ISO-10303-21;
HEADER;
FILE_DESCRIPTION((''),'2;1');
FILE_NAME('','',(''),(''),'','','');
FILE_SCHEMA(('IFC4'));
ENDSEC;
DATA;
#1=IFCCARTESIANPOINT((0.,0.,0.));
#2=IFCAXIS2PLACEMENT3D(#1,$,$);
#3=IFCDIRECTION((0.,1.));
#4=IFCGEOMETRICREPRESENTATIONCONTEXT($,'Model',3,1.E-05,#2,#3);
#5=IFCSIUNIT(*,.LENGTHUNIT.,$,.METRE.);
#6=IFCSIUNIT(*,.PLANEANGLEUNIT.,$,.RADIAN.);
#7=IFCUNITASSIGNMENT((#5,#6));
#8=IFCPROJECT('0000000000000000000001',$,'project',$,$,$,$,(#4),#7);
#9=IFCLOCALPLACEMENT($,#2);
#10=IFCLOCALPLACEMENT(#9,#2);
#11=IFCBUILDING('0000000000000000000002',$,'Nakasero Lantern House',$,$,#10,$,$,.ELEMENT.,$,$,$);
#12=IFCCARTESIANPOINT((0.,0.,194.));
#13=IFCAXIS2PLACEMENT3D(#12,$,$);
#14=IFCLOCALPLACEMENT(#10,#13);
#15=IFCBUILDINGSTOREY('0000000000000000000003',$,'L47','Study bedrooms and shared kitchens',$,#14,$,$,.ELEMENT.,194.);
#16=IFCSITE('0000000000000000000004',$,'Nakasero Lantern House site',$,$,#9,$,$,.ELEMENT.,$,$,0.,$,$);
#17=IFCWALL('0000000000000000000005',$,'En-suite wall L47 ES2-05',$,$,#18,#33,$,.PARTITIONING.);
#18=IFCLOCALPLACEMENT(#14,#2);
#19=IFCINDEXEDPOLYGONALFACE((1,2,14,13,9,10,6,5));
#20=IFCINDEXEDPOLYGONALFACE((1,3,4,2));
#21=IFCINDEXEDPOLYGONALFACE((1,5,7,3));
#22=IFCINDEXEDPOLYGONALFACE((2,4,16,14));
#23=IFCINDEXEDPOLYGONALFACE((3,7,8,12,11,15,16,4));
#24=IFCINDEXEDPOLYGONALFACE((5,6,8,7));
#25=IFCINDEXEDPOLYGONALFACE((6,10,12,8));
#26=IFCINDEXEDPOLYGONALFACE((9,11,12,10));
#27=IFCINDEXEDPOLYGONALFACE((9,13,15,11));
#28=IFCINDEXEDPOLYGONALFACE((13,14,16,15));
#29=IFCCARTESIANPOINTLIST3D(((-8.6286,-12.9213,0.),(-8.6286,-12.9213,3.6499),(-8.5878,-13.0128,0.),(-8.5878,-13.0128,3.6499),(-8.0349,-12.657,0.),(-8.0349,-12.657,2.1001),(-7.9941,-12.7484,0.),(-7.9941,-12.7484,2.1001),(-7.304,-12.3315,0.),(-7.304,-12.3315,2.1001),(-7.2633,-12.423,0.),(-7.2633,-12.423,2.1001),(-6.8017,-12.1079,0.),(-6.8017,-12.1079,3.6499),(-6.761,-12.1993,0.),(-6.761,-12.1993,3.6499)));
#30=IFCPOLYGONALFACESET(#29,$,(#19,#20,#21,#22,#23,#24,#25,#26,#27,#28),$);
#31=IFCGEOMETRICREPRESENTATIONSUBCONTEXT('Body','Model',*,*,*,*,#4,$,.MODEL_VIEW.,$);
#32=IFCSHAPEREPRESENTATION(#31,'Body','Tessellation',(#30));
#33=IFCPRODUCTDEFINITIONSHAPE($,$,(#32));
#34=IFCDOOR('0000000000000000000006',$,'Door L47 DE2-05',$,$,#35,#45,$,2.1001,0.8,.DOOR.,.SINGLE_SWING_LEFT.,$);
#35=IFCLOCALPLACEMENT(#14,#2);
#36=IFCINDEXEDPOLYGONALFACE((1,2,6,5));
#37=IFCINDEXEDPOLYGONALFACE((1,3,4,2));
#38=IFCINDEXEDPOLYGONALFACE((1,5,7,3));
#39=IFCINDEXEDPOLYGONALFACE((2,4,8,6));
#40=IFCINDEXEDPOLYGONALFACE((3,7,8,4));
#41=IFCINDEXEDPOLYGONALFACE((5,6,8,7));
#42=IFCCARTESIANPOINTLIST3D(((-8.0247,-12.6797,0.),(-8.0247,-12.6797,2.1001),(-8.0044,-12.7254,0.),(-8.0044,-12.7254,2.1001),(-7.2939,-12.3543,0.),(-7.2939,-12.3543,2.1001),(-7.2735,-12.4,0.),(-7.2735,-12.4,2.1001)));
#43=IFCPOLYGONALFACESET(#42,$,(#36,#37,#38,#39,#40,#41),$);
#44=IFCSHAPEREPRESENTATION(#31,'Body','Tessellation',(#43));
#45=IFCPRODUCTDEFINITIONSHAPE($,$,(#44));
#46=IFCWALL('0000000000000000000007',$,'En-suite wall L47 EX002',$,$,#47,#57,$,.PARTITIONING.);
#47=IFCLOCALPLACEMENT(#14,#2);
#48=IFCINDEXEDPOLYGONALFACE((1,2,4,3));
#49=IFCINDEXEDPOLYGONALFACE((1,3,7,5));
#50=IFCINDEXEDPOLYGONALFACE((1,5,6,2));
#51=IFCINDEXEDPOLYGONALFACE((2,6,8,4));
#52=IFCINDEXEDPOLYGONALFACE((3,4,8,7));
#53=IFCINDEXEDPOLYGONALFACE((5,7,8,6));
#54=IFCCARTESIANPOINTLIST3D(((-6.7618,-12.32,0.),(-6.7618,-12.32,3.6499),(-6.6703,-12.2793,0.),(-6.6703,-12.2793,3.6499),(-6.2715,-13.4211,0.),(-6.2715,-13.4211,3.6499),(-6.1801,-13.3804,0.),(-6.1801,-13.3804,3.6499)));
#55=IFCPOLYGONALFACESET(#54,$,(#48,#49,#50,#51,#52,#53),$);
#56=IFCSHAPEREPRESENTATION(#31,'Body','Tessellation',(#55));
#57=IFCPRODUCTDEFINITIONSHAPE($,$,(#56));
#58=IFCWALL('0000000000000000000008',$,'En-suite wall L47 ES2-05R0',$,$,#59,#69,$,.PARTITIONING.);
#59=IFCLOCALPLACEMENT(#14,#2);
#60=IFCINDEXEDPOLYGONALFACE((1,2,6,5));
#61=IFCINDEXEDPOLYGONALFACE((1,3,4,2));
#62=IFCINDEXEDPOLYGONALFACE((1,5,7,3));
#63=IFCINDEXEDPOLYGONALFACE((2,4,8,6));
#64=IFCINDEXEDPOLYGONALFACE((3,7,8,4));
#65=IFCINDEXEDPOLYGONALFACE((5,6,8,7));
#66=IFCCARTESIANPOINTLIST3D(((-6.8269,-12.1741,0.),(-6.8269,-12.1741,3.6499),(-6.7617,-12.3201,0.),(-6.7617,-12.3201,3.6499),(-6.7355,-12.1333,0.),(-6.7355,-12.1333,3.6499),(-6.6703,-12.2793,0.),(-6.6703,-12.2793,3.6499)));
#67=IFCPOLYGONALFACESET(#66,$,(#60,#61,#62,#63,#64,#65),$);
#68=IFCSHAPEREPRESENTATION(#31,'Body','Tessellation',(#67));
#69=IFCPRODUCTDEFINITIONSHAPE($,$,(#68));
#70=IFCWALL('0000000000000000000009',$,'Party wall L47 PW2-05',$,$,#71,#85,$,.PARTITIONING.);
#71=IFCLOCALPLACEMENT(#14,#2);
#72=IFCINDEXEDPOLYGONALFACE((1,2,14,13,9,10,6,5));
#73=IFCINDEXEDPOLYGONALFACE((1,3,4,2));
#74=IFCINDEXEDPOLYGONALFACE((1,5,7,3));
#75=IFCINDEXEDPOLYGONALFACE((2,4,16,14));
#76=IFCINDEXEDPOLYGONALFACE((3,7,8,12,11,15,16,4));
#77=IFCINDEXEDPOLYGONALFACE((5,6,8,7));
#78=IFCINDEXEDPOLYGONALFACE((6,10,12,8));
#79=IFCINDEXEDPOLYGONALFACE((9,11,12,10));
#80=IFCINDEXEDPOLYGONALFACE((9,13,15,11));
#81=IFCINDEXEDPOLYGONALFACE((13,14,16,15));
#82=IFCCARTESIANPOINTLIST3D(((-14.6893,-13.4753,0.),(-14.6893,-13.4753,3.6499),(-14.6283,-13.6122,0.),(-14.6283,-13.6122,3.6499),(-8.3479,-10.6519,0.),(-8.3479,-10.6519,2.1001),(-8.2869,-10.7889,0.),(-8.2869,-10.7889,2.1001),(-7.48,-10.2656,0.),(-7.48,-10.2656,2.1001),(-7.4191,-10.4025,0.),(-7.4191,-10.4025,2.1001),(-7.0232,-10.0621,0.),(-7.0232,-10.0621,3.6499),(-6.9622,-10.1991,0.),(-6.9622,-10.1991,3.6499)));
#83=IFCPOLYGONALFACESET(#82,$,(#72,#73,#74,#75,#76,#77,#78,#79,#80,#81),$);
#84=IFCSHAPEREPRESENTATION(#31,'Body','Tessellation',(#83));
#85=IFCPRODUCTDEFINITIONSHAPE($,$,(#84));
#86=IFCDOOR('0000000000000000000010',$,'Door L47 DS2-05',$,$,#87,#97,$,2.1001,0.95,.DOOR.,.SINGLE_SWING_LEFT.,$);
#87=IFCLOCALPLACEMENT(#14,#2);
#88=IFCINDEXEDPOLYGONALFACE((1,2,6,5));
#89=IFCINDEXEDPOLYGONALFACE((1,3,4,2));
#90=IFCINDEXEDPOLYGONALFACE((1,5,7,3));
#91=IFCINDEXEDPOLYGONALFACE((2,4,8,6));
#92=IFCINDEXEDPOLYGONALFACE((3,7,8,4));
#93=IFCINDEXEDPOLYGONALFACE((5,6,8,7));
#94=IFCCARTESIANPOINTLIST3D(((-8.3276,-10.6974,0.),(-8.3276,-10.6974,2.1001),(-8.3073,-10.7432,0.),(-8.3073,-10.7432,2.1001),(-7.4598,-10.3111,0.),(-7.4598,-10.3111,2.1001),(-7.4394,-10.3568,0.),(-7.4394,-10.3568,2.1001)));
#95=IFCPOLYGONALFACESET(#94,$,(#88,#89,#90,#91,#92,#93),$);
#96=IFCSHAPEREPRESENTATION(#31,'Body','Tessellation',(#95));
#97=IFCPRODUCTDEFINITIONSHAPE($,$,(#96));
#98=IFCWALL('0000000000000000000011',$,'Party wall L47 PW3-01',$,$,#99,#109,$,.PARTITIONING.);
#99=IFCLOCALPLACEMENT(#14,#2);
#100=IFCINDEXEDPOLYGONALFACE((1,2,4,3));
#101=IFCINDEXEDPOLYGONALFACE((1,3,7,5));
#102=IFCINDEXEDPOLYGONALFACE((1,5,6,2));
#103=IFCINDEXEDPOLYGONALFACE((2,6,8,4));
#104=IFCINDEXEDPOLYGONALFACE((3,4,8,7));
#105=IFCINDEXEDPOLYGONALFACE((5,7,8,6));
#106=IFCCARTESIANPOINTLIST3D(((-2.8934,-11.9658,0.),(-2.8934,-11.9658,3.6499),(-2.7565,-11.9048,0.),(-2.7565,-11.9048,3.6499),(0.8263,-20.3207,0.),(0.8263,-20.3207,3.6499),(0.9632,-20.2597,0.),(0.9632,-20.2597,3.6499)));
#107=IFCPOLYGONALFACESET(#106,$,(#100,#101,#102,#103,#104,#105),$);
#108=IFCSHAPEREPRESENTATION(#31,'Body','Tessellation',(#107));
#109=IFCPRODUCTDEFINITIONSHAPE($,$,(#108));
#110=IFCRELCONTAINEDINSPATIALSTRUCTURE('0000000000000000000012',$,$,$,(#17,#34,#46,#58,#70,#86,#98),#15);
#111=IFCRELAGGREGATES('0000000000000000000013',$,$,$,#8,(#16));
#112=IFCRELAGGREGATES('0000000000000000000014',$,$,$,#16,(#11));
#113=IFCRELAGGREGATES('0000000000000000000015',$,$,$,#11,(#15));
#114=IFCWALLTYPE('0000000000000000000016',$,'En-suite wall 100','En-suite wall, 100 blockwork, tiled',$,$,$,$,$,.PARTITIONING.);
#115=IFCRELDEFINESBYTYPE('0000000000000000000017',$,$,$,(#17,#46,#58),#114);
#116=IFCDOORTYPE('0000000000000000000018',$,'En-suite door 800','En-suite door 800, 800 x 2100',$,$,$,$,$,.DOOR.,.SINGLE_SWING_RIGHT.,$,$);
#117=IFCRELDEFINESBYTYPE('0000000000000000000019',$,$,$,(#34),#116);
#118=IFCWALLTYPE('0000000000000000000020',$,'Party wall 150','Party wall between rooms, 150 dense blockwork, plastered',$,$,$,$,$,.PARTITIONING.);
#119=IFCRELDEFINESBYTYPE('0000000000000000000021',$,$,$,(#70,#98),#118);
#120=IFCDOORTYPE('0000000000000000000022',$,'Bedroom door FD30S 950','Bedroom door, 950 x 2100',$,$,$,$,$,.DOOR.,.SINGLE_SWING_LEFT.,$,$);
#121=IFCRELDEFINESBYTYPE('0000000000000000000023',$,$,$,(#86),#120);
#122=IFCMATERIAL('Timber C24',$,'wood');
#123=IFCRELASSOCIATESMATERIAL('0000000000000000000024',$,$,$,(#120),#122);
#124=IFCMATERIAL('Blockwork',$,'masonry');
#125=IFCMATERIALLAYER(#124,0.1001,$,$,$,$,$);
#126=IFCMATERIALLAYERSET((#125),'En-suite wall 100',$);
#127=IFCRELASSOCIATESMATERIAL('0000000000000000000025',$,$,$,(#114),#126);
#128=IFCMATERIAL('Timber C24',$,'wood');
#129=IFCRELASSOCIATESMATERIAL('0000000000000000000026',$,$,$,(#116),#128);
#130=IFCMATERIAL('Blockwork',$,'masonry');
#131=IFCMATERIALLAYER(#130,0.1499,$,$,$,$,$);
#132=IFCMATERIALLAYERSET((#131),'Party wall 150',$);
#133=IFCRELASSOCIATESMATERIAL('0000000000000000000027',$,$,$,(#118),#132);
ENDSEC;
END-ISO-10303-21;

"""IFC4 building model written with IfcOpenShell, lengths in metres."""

from ifc_helpers import new_model, si_unit, direction, frame, frame_2d, origin, place, context, subcontext, project, spatial, rectangle, extrude, material, layer, layer_set, type_object, element, fill, save


model = new_model("IFC4")

# Units and contexts
model_context = context("Model", 3, precision=1e-05, world=origin(), true_north=direction((0.0, 1.0)))
body_context = subcontext(model_context, "Body", "Model", "MODEL_VIEW")
ifc_project = project(units=[si_unit("LENGTHUNIT", "METRE"), si_unit("PLANEANGLEUNIT", "RADIAN")], contexts=[model_context])

# Site, building, storey
site_placement = place(None, origin())
site = spatial("IfcSite", under=ifc_project, at=site_placement, Name="Nakasero Lantern House site", CompositionType="ELEMENT", RefElevation=0.0)
building_placement = place(site_placement, origin())
building = spatial("IfcBuilding", under=site, at=building_placement, Name="Nakasero Lantern House", CompositionType="ELEMENT")
storey_placement = place(building_placement, frame((0.0, 0.0, 194.0)))
storey = spatial("IfcBuildingStorey", under=building, at=storey_placement, Name="L47", Description="Study bedrooms and shared kitchens", CompositionType="ELEMENT", Elevation=194.0)

# Wall, opening, door
ifc_material_1 = material(Name="Timber C24", Category="wood")
door_type_1 = type_object("IfcDoorType", Name="Bedroom door FD30S 950", Description="Bedroom door, 950 x 2100", OperationType="SINGLE_SWING_LEFT", PredefinedType="DOOR", material=ifc_material_1)
ifc_material_2 = material(Name="Blockwork", Category="masonry")
ifc_layer_1 = layer(ifc_material_2, 0.1001)
ifc_layer_set_1 = layer_set([ifc_layer_1], Name="En-suite wall 100")
wall_type_1 = type_object("IfcWallType", Name="En-suite wall 100", Description="En-suite wall, 100 blockwork, tiled", PredefinedType="PARTITIONING", material=ifc_layer_set_1)
wall_1_placement = place(storey_placement, frame((-6.7812, -12.1536, 0.0), z_axis=(0.0, 0.0, 1.0), x_axis=(-0.913529, -0.406773, 0.0)))
wall_1 = element("IfcWall", 1, at=wall_1_placement, inside=storey, type_object=wall_type_1, Name="En-suite wall L47 ES2-05", PredefinedType="PARTITIONING", context=body_context, shape_type="SweptSolid", body=[
    extrude(rectangle(XDim=1.9998, YDim=0.1001, at=frame_2d((1.0, 0.0))), origin(), (0.0, 0.0, 1.0), 3.6499),
])
opening_1_placement = place(wall_1_placement, frame((0.55, 0.0, 0.0)))
opening_1 = element("IfcOpeningElement", 2, at=opening_1_placement, cuts=wall_1, PredefinedType="OPENING", context=body_context, shape_type="SweptSolid", body=[
    extrude(rectangle(XDim=0.8, YDim=2.1001, at=frame_2d((0.3999, 1.05))), frame((0.0, 0.0701, 0.0), z_axis=(0.0, -1.0, 0.0), x_axis=(1.0, 0.0, 0.0)), (0.0, 0.0, 1.0), 0.1401),
])
ifc_material_3 = material(Name="Timber C24", Category="wood")
door_type_2 = type_object("IfcDoorType", Name="En-suite door 800", Description="En-suite door 800, 800 x 2100", OperationType="SINGLE_SWING_RIGHT", PredefinedType="DOOR", material=ifc_material_3)
door_1_placement = place(opening_1_placement, origin())
door_1 = element("IfcDoor", 3, at=door_1_placement, inside=storey, type_object=door_type_2, Name="Door L47 DE2-05", OperationType="SINGLE_SWING_LEFT", OverallHeight=2.1001, OverallWidth=0.8, PredefinedType="DOOR", context=body_context, shape_type="SweptSolid", body=[
    extrude(rectangle(XDim=0.8, YDim=2.1001, at=frame_2d((0.3999, 1.05))), frame((0.0, 0.0249, 0.0), z_axis=(0.0, -1.0, 0.0), x_axis=(1.0, 0.0, 0.0)), (0.0, 0.0, 1.0), 0.05),
])
fill(opening_1, door_1)

# Walls
wall_2_placement = place(storey_placement, frame((-6.2258, -13.4006, 0.0), z_axis=(0.0, 0.0, 1.0), x_axis=(-0.40674, 0.913544, 0.0)))
element("IfcWall", 4, at=wall_2_placement, inside=storey, type_object=wall_type_1, Name="En-suite wall L47 EX002", PredefinedType="PARTITIONING", context=body_context, shape_type="SweptSolid", body=[
    extrude(rectangle(XDim=1.2053, YDim=0.1001, at=frame_2d((0.6025, 0.0))), origin(), (0.0, 0.0, 1.0), 3.6499),
])
wall_3_placement = place(storey_placement, frame((-6.7812, -12.1536, 0.0), z_axis=(0.0, 0.0, 1.0), x_axis=(0.407696, -0.913118, 0.0)))
element("IfcWall", 5, at=wall_3_placement, inside=storey, type_object=wall_type_1, Name="En-suite wall L47 ES2-05R0", PredefinedType="PARTITIONING", context=body_context, shape_type="SweptSolid", body=[
    extrude(rectangle(XDim=0.1599, YDim=0.1001, at=frame_2d((0.0801, 0.0))), origin(), (0.0, 0.0, 1.0), 3.6499),
])

# Wall, opening, door
ifc_material_4 = material(Name="Blockwork", Category="masonry")
ifc_layer_2 = layer(ifc_material_4, 0.1499)
ifc_layer_set_2 = layer_set([ifc_layer_2], Name="Party wall 150")
wall_type_2 = type_object("IfcWallType", Name="Party wall 150", Description="Party wall between rooms, 150 dense blockwork, plastered", PredefinedType="PARTITIONING", material=ifc_layer_set_2)
wall_4_placement = place(storey_placement, frame((-6.9927, -10.1306, 0.0), z_axis=(0.0, 0.0, 1.0), x_axis=(-0.913547, -0.406732, 0.0)))
wall_4 = element("IfcWall", 6, at=wall_4_placement, inside=storey, type_object=wall_type_2, Name="Party wall L47 PW2-05", PredefinedType="PARTITIONING", context=body_context, shape_type="SweptSolid", body=[
    extrude(rectangle(XDim=8.3916, YDim=0.1499, at=frame_2d((4.1958, 0.0))), origin(), (0.0, 0.0, 1.0), 3.6499),
])
opening_2_placement = place(wall_4_placement, frame((0.5, 0.0, 0.0)))
opening_2 = element("IfcOpeningElement", 7, at=opening_2_placement, cuts=wall_4, PredefinedType="OPENING", context=body_context, shape_type="SweptSolid", body=[
    extrude(rectangle(XDim=0.95, YDim=2.1001, at=frame_2d((0.4751, 1.05))), frame((0.0, 0.095, 0.0), z_axis=(0.0, -1.0, 0.0), x_axis=(1.0, 0.0, 0.0)), (0.0, 0.0, 1.0), 0.1899),
])
door_2_placement = place(opening_2_placement, origin())
door_2 = element("IfcDoor", 8, at=door_2_placement, inside=storey, type_object=door_type_1, Name="Door L47 DS2-05", OperationType="SINGLE_SWING_LEFT", OverallHeight=2.1001, OverallWidth=0.95, PredefinedType="DOOR", context=body_context, shape_type="SweptSolid", body=[
    extrude(rectangle(XDim=0.95, YDim=2.1001, at=frame_2d((0.4751, 1.05))), frame((0.0, 0.0249, 0.0), z_axis=(0.0, -1.0, 0.0), x_axis=(1.0, 0.0, 0.0)), (0.0, 0.0, 1.0), 0.05),
])
fill(opening_2, door_2)

# Wall
wall_5_placement = place(storey_placement, frame((-2.825, -11.9353, 0.0), z_axis=(0.0, 0.0, 1.0), x_axis=(0.406723, -0.913552, 0.0)))
element("IfcWall", 9, at=wall_5_placement, inside=storey, type_object=wall_type_2, Name="Party wall L47 PW3-01", PredefinedType="PARTITIONING", context=body_context, shape_type="SweptSolid", body=[
    extrude(rectangle(XDim=9.1455, YDim=0.1499, at=frame_2d((4.5728, 0.0))), origin(), (0.0, 0.0, 1.0), 3.6499),
])

save(model, "model.ifc")
